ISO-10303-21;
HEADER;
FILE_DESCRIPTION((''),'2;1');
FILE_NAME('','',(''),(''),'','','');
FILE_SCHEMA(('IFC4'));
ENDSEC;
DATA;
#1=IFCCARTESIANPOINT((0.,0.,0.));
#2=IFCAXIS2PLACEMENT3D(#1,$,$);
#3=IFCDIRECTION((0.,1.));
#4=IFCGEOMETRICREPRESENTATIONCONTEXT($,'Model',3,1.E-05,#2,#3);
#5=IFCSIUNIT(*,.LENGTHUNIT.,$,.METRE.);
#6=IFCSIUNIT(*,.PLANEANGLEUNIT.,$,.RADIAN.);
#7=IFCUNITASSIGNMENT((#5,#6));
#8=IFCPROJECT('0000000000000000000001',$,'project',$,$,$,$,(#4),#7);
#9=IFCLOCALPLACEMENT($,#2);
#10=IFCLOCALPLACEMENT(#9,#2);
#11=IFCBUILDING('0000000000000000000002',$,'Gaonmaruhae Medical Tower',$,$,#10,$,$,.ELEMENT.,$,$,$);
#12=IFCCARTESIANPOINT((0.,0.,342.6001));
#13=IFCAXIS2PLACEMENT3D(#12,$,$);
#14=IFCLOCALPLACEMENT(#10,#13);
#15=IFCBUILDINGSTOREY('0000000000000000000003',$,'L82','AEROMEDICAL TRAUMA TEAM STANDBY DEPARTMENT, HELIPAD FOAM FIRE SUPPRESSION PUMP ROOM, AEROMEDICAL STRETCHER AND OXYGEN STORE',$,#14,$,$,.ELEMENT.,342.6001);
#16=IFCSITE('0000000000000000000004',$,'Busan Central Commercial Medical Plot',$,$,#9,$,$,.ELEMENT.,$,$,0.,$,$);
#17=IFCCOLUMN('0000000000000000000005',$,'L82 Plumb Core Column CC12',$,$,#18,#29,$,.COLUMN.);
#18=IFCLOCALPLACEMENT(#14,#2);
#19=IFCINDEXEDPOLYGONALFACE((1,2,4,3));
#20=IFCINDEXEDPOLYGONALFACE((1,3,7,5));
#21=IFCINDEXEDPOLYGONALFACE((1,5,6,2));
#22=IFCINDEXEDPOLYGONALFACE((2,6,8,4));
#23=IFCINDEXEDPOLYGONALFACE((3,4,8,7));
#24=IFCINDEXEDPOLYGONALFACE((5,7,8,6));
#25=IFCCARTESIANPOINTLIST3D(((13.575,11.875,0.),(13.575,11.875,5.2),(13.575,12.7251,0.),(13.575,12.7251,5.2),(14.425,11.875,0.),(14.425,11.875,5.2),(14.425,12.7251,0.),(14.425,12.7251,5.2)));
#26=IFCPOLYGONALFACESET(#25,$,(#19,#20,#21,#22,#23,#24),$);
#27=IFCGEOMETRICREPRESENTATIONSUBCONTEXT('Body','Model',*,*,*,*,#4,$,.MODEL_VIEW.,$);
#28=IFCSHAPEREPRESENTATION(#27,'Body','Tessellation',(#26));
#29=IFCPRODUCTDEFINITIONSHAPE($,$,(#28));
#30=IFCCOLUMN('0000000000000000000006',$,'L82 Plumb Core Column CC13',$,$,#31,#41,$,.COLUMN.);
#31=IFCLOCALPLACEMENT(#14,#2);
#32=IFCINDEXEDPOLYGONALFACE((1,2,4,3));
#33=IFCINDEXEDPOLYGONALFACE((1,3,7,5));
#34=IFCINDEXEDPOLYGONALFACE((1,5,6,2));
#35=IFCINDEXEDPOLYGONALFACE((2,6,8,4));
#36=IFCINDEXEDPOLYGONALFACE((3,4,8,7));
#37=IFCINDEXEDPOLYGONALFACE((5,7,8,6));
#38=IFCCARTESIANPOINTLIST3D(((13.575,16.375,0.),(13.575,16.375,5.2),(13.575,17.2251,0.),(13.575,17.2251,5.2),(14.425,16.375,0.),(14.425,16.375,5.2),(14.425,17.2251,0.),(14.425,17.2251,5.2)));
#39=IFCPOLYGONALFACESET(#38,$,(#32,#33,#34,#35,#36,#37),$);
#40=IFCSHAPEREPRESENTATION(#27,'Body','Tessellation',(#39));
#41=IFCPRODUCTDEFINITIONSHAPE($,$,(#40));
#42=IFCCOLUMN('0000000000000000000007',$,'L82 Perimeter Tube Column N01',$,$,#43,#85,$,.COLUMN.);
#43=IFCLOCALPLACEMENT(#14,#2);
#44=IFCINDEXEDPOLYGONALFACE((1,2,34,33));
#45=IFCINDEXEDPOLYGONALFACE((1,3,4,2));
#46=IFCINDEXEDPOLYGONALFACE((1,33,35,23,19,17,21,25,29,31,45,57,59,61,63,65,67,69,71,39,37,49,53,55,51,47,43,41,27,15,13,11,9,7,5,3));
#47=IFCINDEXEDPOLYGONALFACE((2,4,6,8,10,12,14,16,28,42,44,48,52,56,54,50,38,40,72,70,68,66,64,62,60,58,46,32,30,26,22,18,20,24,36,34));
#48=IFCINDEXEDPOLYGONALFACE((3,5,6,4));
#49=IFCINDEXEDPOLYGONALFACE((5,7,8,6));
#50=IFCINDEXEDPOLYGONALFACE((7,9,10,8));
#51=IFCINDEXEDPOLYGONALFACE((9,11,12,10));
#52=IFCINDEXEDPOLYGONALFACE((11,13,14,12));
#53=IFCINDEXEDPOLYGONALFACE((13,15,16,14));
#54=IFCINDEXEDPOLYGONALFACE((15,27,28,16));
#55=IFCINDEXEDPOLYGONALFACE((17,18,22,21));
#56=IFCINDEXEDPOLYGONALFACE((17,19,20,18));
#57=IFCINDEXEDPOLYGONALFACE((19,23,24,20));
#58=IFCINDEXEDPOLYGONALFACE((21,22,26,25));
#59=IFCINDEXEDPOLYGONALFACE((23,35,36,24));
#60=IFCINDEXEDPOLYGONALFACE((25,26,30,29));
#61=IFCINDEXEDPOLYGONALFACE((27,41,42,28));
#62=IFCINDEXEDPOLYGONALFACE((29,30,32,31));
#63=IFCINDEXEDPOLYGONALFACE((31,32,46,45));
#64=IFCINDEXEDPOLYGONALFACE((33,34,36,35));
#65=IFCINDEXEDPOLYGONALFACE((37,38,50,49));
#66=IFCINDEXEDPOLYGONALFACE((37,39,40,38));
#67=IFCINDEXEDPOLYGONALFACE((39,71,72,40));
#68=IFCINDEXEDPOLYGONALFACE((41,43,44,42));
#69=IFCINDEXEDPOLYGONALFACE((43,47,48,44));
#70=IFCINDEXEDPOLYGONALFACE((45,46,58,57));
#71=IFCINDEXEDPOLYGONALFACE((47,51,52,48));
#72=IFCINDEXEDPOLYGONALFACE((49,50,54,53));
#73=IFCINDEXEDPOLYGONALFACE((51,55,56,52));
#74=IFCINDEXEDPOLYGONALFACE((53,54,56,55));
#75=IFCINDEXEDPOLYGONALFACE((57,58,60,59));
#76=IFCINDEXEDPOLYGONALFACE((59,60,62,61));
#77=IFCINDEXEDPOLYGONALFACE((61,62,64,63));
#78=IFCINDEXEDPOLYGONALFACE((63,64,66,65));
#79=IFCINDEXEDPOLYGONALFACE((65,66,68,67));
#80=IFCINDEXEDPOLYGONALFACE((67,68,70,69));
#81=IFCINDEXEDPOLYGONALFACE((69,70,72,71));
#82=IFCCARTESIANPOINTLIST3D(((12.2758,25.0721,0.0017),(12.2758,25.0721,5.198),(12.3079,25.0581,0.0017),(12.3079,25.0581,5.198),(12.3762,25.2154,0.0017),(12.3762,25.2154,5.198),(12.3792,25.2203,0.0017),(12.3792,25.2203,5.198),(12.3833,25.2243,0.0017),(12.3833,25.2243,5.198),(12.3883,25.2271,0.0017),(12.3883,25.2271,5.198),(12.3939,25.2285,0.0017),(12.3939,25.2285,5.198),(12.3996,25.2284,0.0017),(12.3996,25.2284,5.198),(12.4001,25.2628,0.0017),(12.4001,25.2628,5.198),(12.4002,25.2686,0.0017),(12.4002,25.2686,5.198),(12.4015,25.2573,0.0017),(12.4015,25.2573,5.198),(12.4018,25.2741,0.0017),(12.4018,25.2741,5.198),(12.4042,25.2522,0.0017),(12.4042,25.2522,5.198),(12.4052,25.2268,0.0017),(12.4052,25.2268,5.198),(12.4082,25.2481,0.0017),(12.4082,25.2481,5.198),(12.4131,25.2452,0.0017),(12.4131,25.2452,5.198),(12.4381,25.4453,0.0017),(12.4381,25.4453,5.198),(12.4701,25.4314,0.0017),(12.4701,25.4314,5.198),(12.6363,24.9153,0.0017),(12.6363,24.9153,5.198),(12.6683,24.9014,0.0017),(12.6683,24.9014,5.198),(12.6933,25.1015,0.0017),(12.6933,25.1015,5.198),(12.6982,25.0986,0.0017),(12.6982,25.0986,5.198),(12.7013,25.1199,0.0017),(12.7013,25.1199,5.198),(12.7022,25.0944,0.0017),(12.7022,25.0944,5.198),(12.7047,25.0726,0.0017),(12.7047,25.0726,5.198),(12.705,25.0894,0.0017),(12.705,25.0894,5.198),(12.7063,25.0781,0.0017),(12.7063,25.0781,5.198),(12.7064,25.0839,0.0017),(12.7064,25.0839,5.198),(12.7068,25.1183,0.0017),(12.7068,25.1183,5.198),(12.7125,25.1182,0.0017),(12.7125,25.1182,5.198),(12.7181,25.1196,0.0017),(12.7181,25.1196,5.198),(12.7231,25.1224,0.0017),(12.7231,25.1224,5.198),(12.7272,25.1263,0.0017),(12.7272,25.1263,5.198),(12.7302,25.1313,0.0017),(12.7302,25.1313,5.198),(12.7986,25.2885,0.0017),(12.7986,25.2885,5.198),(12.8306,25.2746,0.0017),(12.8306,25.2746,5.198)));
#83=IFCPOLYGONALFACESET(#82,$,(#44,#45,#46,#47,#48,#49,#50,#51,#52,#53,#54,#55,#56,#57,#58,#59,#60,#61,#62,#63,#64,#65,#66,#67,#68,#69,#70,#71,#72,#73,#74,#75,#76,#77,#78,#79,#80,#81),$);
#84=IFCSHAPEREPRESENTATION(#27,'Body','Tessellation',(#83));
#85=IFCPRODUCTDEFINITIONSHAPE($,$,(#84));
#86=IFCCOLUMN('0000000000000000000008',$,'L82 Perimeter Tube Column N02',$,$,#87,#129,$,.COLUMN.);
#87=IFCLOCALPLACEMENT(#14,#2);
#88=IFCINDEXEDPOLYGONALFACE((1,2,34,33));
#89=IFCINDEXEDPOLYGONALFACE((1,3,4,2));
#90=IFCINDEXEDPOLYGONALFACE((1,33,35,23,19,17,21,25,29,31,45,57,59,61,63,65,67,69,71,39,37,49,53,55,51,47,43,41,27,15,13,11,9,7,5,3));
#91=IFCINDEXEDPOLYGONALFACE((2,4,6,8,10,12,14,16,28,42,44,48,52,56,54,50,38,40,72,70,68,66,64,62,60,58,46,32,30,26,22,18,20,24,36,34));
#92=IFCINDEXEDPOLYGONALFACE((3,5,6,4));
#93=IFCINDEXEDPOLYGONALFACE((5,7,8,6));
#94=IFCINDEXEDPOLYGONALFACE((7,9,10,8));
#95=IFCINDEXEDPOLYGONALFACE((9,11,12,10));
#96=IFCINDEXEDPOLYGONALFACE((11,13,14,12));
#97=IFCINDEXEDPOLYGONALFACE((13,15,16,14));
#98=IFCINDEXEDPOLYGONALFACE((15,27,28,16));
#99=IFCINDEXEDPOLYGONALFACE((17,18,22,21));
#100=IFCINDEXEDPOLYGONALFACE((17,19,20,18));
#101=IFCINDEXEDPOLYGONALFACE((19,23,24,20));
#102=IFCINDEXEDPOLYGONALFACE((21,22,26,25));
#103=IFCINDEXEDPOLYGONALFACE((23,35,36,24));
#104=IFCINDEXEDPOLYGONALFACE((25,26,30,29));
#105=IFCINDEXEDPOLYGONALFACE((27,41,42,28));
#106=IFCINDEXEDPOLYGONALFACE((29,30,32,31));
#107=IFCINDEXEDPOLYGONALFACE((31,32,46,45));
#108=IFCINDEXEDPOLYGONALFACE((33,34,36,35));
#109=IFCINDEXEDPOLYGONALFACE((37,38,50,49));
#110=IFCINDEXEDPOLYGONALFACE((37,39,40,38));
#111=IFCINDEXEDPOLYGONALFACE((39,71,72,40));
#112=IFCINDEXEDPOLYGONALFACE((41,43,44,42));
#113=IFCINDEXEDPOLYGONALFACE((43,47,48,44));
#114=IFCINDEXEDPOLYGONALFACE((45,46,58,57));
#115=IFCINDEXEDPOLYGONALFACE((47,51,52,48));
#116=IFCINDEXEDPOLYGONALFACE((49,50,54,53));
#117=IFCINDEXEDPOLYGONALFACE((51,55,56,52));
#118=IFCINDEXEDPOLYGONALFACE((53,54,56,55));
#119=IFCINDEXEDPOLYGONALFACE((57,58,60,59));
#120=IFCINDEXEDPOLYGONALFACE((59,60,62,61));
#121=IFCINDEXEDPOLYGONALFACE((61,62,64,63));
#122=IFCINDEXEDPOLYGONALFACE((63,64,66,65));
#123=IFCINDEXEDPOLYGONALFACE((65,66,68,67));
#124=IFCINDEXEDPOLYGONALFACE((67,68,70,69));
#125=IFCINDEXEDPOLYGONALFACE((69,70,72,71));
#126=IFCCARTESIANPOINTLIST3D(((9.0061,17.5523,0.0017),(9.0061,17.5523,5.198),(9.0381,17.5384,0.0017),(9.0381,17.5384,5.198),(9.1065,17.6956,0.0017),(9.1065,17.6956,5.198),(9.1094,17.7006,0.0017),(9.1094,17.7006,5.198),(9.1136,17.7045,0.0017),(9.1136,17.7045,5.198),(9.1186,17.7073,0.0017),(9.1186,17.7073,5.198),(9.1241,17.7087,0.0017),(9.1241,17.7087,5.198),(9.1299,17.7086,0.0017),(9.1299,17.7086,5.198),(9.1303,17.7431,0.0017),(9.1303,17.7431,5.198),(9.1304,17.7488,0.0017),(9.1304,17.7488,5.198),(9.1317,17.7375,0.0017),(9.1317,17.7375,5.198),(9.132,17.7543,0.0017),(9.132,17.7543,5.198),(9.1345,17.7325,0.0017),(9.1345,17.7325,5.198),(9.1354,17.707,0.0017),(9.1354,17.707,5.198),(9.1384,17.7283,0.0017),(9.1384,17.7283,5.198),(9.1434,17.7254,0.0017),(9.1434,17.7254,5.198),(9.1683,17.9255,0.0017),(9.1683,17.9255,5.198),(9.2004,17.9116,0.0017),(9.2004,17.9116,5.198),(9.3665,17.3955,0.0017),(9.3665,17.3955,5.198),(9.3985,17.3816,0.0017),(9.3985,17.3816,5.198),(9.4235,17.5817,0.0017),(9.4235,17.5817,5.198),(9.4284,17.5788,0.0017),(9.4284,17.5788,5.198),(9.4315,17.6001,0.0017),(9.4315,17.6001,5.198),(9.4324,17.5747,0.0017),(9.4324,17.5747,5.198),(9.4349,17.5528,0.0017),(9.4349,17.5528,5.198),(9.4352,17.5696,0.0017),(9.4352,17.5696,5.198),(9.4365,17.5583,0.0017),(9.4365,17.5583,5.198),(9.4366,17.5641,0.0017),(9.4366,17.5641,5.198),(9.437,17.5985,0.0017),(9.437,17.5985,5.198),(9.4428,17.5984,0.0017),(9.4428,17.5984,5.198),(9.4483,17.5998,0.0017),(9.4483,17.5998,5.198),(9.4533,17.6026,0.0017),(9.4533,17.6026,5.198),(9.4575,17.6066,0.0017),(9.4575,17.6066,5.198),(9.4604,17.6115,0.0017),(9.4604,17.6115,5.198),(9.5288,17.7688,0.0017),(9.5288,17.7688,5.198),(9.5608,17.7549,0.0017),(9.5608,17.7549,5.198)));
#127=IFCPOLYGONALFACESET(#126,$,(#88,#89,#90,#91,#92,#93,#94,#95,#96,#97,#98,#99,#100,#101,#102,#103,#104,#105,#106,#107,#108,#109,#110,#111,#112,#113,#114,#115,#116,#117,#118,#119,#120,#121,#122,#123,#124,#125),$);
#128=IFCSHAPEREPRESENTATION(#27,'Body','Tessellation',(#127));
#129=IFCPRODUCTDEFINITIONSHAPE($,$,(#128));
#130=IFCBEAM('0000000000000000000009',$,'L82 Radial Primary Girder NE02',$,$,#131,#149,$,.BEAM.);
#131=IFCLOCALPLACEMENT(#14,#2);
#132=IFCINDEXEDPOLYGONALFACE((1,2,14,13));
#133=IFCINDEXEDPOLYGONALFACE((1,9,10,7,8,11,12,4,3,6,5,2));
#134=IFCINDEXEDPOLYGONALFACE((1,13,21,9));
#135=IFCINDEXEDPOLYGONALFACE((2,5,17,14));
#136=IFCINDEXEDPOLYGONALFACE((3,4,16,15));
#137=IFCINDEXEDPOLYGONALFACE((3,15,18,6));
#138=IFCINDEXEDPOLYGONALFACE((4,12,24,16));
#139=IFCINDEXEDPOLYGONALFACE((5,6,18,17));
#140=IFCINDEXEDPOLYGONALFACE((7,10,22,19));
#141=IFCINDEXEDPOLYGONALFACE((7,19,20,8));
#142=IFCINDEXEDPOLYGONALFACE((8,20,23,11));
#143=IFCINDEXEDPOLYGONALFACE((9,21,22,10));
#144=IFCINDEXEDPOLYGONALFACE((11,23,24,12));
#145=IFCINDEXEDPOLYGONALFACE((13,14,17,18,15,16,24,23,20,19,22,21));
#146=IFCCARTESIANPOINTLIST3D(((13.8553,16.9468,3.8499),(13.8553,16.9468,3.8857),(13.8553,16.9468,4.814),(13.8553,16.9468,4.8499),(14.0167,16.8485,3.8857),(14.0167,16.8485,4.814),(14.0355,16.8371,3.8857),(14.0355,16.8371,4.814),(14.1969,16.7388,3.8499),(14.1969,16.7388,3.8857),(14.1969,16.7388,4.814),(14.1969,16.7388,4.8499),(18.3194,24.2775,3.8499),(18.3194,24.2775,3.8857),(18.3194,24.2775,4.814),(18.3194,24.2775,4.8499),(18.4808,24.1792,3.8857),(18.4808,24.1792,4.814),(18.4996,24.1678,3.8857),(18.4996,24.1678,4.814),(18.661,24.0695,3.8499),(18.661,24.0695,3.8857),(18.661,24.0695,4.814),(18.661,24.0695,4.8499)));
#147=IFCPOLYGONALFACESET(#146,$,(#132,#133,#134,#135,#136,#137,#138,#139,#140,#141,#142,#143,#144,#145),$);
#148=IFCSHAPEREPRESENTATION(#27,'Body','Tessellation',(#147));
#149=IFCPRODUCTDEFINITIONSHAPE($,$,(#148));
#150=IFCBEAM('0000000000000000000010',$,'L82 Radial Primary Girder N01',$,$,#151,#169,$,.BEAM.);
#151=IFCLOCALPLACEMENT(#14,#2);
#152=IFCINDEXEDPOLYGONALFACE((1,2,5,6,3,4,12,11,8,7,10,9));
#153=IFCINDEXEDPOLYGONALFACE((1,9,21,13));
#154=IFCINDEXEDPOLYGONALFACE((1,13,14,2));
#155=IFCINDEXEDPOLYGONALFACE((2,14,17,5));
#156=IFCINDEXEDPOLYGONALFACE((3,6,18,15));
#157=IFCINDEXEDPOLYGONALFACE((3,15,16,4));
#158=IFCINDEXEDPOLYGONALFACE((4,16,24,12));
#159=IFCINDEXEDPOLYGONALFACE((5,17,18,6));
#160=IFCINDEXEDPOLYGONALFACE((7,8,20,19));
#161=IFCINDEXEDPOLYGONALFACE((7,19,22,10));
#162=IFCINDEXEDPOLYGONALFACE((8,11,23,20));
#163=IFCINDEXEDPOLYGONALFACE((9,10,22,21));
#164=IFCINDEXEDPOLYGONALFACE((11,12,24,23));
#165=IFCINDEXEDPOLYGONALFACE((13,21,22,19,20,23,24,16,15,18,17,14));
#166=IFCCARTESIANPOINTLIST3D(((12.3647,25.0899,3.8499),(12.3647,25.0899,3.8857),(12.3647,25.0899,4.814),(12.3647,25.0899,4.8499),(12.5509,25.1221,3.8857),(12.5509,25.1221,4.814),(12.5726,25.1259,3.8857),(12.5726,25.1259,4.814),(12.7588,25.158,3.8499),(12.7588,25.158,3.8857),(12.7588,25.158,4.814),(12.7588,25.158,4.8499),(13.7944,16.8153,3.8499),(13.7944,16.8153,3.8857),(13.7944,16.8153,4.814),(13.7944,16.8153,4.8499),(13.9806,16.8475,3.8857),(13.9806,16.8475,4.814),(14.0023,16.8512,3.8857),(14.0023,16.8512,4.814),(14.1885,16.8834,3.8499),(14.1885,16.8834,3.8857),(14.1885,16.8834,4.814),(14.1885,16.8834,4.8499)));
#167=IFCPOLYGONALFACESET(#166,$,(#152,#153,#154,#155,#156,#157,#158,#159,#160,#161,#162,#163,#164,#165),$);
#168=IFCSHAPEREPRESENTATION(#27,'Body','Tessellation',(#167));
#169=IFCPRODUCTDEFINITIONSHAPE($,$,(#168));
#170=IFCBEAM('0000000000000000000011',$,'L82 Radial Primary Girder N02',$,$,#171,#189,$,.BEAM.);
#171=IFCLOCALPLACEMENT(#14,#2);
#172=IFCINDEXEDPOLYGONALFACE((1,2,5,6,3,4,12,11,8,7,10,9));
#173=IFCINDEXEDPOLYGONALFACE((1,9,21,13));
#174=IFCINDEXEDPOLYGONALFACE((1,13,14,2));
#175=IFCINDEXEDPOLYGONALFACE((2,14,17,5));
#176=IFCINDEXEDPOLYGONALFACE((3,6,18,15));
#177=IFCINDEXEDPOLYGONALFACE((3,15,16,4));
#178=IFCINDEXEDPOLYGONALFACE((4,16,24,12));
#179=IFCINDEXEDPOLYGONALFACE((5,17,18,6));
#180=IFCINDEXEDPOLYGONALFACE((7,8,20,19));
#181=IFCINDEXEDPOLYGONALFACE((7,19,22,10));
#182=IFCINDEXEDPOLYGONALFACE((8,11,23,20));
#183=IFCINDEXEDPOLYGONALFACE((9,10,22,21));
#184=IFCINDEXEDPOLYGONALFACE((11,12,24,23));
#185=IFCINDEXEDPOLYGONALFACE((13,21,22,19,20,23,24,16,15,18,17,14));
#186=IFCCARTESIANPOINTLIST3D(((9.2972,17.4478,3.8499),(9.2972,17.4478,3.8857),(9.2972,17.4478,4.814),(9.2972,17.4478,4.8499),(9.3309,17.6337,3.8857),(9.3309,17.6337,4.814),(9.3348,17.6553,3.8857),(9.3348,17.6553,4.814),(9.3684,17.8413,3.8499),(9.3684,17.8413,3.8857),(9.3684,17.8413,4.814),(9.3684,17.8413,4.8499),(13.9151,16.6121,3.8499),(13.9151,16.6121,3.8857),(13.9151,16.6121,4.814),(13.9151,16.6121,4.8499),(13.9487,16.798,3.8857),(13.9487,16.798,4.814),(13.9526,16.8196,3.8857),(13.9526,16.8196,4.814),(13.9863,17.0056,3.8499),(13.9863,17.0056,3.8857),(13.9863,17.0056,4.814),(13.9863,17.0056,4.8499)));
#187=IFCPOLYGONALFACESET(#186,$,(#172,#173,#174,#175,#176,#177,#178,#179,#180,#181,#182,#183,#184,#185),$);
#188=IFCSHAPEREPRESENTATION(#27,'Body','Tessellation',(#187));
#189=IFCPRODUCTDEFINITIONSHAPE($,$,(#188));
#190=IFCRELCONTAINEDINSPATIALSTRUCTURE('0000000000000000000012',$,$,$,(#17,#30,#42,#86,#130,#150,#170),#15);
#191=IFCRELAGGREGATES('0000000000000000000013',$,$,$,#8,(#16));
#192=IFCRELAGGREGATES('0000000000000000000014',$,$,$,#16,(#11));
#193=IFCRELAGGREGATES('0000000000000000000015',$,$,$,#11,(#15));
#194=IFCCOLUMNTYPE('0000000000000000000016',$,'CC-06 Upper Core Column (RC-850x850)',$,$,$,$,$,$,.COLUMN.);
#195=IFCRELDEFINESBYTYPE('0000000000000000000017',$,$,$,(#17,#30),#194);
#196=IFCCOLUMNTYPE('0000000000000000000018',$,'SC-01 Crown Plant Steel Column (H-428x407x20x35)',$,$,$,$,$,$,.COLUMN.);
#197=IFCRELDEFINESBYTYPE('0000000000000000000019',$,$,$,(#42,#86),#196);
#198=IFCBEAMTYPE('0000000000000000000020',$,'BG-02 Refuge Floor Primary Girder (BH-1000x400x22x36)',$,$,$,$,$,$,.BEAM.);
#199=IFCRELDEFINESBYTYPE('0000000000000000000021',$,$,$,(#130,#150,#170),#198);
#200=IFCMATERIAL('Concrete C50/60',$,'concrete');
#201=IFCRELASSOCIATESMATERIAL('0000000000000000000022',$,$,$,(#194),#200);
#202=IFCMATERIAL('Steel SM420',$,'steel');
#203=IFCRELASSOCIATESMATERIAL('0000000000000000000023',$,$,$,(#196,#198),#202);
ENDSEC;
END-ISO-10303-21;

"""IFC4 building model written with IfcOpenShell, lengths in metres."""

from ifc_helpers import new_model, si_unit, direction, frame, origin, origin_2d, place, context, subcontext, project, spatial, rectangle, i_section, extrude, material, material_profile, profile_set, type_object, element, save


model = new_model("IFC4")

# Units and contexts
model_context = context("Model", 3, precision=1e-05, world=origin(), true_north=direction((0.0, 1.0)))
body_context = subcontext(model_context, "Body", "Model", "MODEL_VIEW")
ifc_project = project(units=[si_unit("LENGTHUNIT", "METRE"), si_unit("PLANEANGLEUNIT", "RADIAN")], contexts=[model_context])

# Site, building, storey
site_placement = place(None, origin())
site = spatial("IfcSite", under=ifc_project, at=site_placement, Name="Busan Central Commercial Medical Plot", CompositionType="ELEMENT", RefElevation=0.0)
building_placement = place(site_placement, origin())
building = spatial("IfcBuilding", under=site, at=building_placement, Name="Gaonmaruhae Medical Tower", CompositionType="ELEMENT")
storey_placement = place(building_placement, frame((0.0, 0.0, 342.6001)))
storey = spatial("IfcBuildingStorey", under=building, at=storey_placement, Name="L82", Description="AEROMEDICAL TRAUMA TEAM STANDBY DEPARTMENT, HELIPAD FOAM FIRE SUPPRESSION PUMP ROOM, AEROMEDICAL STRETCHER AND OXYGEN STORE", CompositionType="ELEMENT", Elevation=342.6001)

# Columns
ifc_material_1 = material(Name="Concrete C50/60", Category="concrete")
ifc_material_profile_1 = material_profile(ifc_material_1, rectangle(XDim=0.8501, YDim=0.8501, at=origin_2d()), Name="RC-850x850")
ifc_profile_set_1 = profile_set([ifc_material_profile_1], Name="Concrete C50/60")
column_type_1 = type_object("IfcColumnType", Name="CC-06 Upper Core Column (RC-850x850)", PredefinedType="COLUMN", material=ifc_profile_set_1)
for number, where, z_axis, x_axis, name in (
    (1, (14.0, 12.3, 0.0), (0.0, 0.0, 1.0), (1.0, 0.0, 0.0), "L82 Plumb Core Column CC12"),
    (2, (14.0, 16.8, 0.0), (0.0, 0.0, 1.0), (1.0, 0.0, 0.0), "L82 Plumb Core Column CC13"),
):
    element("IfcColumn", number, at=place(storey_placement, frame(where, z_axis=z_axis, x_axis=x_axis)), inside=storey, type_object=column_type_1, Name=name, PredefinedType="COLUMN", context=body_context, shape_type="SweptSolid", body=[
        extrude(rectangle(XDim=0.8501, YDim=0.8501, at=origin_2d()), origin(), (0.0, 0.0, 1.0), 5.2),
    ])
ifc_material_2 = material(Name="Steel SM420", Category="steel")
ifc_material_profile_2 = material_profile(ifc_material_2, i_section(OverallWidth=0.407, OverallDepth=0.428, WebThickness=0.02, FlangeThickness=0.0349, FilletRadius=0.022, at=origin_2d()), Name="H-428x407x20x35")
ifc_profile_set_2 = profile_set([ifc_material_profile_2], Name="Steel SM420")
column_type_2 = type_object("IfcColumnType", Name="SC-01 Crown Plant Steel Column (H-428x407x20x35)", PredefinedType="COLUMN", material=ifc_profile_set_2)
for number, where, z_axis, x_axis, name in (
    (3, (12.5532, 25.1733, 0.0017), (0.0, 0.0, 1.0), (0.398749, 0.91706, 0.0), "L82 Perimeter Tube Column N01"),
    (4, (9.2834, 17.6536, 0.0017), (0.0, 0.0, 1.0), (0.398749, 0.91706, 0.0), "L82 Perimeter Tube Column N02"),
):
    element("IfcColumn", number, at=place(storey_placement, frame(where, z_axis=z_axis, x_axis=x_axis)), inside=storey, type_object=column_type_2, Name=name, PredefinedType="COLUMN", context=body_context, shape_type="SweptSolid", body=[
        extrude(i_section(OverallWidth=0.407, OverallDepth=0.428, WebThickness=0.02, FlangeThickness=0.0349, FilletRadius=0.022, at=origin_2d()), origin(), (0.0, 0.0, 1.0), 5.1963),
    ])

# Beams
ifc_material_profile_3 = material_profile(ifc_material_2, i_section(OverallWidth=0.3999, OverallDepth=1.0, WebThickness=0.022, FlangeThickness=0.0359, at=origin_2d()), Name="BH-1000x400x22x36")
ifc_profile_set_3 = profile_set([ifc_material_profile_3], Name="Steel SM420")
beam_type_1 = type_object("IfcBeamType", Name="BG-02 Refuge Floor Primary Girder (BH-1000x400x22x36)", PredefinedType="BEAM", material=ifc_profile_set_3)
beam_1_placement = place(storey_placement, frame((14.0261, 16.8428, 4.3499), z_axis=(0.520107, 0.854101, 0.0), x_axis=(-0.854101, 0.520107, 0.0)))
element("IfcBeam", 5, at=beam_1_placement, inside=storey, type_object=beam_type_1, Name="L82 Radial Primary Girder NE02", PredefinedType="BEAM", context=body_context, shape_type="SweptSolid", body=[
    extrude(i_section(OverallWidth=0.3999, OverallDepth=1.0, WebThickness=0.022, FlangeThickness=0.0359, at=origin_2d()), origin(), (0.0, 0.0, 1.0), 8.583),
])
beam_2_placement = place(storey_placement, frame((13.9915, 16.8494, 4.3499), z_axis=(-0.170256, 0.9854, 0.0), x_axis=(-0.9854, -0.170256, 0.0)))
element("IfcBeam", 6, at=beam_2_placement, inside=storey, type_object=beam_type_1, Name="L82 Radial Primary Girder N01", PredefinedType="BEAM", context=body_context, shape_type="SweptSolid", body=[
    extrude(i_section(OverallWidth=0.3999, OverallDepth=1.0, WebThickness=0.022, FlangeThickness=0.0359, at=origin_2d()), origin(), (0.0, 0.0, 1.0), 8.3972),
])
beam_3_placement = place(storey_placement, frame((13.9507, 16.8088, 4.3499), z_axis=(-0.984017, 0.178075, 0.0), x_axis=(-0.178075, -0.984017, 0.0)))
element("IfcBeam", 7, at=beam_3_placement, inside=storey, type_object=beam_type_1, Name="L82 Radial Primary Girder N02", PredefinedType="BEAM", context=body_context, shape_type="SweptSolid", body=[
    extrude(i_section(OverallWidth=0.3999, OverallDepth=1.0, WebThickness=0.022, FlangeThickness=0.0359, at=origin_2d()), origin(), (0.0, 0.0, 1.0), 4.6929),
])

save(model, "model.ifc")
